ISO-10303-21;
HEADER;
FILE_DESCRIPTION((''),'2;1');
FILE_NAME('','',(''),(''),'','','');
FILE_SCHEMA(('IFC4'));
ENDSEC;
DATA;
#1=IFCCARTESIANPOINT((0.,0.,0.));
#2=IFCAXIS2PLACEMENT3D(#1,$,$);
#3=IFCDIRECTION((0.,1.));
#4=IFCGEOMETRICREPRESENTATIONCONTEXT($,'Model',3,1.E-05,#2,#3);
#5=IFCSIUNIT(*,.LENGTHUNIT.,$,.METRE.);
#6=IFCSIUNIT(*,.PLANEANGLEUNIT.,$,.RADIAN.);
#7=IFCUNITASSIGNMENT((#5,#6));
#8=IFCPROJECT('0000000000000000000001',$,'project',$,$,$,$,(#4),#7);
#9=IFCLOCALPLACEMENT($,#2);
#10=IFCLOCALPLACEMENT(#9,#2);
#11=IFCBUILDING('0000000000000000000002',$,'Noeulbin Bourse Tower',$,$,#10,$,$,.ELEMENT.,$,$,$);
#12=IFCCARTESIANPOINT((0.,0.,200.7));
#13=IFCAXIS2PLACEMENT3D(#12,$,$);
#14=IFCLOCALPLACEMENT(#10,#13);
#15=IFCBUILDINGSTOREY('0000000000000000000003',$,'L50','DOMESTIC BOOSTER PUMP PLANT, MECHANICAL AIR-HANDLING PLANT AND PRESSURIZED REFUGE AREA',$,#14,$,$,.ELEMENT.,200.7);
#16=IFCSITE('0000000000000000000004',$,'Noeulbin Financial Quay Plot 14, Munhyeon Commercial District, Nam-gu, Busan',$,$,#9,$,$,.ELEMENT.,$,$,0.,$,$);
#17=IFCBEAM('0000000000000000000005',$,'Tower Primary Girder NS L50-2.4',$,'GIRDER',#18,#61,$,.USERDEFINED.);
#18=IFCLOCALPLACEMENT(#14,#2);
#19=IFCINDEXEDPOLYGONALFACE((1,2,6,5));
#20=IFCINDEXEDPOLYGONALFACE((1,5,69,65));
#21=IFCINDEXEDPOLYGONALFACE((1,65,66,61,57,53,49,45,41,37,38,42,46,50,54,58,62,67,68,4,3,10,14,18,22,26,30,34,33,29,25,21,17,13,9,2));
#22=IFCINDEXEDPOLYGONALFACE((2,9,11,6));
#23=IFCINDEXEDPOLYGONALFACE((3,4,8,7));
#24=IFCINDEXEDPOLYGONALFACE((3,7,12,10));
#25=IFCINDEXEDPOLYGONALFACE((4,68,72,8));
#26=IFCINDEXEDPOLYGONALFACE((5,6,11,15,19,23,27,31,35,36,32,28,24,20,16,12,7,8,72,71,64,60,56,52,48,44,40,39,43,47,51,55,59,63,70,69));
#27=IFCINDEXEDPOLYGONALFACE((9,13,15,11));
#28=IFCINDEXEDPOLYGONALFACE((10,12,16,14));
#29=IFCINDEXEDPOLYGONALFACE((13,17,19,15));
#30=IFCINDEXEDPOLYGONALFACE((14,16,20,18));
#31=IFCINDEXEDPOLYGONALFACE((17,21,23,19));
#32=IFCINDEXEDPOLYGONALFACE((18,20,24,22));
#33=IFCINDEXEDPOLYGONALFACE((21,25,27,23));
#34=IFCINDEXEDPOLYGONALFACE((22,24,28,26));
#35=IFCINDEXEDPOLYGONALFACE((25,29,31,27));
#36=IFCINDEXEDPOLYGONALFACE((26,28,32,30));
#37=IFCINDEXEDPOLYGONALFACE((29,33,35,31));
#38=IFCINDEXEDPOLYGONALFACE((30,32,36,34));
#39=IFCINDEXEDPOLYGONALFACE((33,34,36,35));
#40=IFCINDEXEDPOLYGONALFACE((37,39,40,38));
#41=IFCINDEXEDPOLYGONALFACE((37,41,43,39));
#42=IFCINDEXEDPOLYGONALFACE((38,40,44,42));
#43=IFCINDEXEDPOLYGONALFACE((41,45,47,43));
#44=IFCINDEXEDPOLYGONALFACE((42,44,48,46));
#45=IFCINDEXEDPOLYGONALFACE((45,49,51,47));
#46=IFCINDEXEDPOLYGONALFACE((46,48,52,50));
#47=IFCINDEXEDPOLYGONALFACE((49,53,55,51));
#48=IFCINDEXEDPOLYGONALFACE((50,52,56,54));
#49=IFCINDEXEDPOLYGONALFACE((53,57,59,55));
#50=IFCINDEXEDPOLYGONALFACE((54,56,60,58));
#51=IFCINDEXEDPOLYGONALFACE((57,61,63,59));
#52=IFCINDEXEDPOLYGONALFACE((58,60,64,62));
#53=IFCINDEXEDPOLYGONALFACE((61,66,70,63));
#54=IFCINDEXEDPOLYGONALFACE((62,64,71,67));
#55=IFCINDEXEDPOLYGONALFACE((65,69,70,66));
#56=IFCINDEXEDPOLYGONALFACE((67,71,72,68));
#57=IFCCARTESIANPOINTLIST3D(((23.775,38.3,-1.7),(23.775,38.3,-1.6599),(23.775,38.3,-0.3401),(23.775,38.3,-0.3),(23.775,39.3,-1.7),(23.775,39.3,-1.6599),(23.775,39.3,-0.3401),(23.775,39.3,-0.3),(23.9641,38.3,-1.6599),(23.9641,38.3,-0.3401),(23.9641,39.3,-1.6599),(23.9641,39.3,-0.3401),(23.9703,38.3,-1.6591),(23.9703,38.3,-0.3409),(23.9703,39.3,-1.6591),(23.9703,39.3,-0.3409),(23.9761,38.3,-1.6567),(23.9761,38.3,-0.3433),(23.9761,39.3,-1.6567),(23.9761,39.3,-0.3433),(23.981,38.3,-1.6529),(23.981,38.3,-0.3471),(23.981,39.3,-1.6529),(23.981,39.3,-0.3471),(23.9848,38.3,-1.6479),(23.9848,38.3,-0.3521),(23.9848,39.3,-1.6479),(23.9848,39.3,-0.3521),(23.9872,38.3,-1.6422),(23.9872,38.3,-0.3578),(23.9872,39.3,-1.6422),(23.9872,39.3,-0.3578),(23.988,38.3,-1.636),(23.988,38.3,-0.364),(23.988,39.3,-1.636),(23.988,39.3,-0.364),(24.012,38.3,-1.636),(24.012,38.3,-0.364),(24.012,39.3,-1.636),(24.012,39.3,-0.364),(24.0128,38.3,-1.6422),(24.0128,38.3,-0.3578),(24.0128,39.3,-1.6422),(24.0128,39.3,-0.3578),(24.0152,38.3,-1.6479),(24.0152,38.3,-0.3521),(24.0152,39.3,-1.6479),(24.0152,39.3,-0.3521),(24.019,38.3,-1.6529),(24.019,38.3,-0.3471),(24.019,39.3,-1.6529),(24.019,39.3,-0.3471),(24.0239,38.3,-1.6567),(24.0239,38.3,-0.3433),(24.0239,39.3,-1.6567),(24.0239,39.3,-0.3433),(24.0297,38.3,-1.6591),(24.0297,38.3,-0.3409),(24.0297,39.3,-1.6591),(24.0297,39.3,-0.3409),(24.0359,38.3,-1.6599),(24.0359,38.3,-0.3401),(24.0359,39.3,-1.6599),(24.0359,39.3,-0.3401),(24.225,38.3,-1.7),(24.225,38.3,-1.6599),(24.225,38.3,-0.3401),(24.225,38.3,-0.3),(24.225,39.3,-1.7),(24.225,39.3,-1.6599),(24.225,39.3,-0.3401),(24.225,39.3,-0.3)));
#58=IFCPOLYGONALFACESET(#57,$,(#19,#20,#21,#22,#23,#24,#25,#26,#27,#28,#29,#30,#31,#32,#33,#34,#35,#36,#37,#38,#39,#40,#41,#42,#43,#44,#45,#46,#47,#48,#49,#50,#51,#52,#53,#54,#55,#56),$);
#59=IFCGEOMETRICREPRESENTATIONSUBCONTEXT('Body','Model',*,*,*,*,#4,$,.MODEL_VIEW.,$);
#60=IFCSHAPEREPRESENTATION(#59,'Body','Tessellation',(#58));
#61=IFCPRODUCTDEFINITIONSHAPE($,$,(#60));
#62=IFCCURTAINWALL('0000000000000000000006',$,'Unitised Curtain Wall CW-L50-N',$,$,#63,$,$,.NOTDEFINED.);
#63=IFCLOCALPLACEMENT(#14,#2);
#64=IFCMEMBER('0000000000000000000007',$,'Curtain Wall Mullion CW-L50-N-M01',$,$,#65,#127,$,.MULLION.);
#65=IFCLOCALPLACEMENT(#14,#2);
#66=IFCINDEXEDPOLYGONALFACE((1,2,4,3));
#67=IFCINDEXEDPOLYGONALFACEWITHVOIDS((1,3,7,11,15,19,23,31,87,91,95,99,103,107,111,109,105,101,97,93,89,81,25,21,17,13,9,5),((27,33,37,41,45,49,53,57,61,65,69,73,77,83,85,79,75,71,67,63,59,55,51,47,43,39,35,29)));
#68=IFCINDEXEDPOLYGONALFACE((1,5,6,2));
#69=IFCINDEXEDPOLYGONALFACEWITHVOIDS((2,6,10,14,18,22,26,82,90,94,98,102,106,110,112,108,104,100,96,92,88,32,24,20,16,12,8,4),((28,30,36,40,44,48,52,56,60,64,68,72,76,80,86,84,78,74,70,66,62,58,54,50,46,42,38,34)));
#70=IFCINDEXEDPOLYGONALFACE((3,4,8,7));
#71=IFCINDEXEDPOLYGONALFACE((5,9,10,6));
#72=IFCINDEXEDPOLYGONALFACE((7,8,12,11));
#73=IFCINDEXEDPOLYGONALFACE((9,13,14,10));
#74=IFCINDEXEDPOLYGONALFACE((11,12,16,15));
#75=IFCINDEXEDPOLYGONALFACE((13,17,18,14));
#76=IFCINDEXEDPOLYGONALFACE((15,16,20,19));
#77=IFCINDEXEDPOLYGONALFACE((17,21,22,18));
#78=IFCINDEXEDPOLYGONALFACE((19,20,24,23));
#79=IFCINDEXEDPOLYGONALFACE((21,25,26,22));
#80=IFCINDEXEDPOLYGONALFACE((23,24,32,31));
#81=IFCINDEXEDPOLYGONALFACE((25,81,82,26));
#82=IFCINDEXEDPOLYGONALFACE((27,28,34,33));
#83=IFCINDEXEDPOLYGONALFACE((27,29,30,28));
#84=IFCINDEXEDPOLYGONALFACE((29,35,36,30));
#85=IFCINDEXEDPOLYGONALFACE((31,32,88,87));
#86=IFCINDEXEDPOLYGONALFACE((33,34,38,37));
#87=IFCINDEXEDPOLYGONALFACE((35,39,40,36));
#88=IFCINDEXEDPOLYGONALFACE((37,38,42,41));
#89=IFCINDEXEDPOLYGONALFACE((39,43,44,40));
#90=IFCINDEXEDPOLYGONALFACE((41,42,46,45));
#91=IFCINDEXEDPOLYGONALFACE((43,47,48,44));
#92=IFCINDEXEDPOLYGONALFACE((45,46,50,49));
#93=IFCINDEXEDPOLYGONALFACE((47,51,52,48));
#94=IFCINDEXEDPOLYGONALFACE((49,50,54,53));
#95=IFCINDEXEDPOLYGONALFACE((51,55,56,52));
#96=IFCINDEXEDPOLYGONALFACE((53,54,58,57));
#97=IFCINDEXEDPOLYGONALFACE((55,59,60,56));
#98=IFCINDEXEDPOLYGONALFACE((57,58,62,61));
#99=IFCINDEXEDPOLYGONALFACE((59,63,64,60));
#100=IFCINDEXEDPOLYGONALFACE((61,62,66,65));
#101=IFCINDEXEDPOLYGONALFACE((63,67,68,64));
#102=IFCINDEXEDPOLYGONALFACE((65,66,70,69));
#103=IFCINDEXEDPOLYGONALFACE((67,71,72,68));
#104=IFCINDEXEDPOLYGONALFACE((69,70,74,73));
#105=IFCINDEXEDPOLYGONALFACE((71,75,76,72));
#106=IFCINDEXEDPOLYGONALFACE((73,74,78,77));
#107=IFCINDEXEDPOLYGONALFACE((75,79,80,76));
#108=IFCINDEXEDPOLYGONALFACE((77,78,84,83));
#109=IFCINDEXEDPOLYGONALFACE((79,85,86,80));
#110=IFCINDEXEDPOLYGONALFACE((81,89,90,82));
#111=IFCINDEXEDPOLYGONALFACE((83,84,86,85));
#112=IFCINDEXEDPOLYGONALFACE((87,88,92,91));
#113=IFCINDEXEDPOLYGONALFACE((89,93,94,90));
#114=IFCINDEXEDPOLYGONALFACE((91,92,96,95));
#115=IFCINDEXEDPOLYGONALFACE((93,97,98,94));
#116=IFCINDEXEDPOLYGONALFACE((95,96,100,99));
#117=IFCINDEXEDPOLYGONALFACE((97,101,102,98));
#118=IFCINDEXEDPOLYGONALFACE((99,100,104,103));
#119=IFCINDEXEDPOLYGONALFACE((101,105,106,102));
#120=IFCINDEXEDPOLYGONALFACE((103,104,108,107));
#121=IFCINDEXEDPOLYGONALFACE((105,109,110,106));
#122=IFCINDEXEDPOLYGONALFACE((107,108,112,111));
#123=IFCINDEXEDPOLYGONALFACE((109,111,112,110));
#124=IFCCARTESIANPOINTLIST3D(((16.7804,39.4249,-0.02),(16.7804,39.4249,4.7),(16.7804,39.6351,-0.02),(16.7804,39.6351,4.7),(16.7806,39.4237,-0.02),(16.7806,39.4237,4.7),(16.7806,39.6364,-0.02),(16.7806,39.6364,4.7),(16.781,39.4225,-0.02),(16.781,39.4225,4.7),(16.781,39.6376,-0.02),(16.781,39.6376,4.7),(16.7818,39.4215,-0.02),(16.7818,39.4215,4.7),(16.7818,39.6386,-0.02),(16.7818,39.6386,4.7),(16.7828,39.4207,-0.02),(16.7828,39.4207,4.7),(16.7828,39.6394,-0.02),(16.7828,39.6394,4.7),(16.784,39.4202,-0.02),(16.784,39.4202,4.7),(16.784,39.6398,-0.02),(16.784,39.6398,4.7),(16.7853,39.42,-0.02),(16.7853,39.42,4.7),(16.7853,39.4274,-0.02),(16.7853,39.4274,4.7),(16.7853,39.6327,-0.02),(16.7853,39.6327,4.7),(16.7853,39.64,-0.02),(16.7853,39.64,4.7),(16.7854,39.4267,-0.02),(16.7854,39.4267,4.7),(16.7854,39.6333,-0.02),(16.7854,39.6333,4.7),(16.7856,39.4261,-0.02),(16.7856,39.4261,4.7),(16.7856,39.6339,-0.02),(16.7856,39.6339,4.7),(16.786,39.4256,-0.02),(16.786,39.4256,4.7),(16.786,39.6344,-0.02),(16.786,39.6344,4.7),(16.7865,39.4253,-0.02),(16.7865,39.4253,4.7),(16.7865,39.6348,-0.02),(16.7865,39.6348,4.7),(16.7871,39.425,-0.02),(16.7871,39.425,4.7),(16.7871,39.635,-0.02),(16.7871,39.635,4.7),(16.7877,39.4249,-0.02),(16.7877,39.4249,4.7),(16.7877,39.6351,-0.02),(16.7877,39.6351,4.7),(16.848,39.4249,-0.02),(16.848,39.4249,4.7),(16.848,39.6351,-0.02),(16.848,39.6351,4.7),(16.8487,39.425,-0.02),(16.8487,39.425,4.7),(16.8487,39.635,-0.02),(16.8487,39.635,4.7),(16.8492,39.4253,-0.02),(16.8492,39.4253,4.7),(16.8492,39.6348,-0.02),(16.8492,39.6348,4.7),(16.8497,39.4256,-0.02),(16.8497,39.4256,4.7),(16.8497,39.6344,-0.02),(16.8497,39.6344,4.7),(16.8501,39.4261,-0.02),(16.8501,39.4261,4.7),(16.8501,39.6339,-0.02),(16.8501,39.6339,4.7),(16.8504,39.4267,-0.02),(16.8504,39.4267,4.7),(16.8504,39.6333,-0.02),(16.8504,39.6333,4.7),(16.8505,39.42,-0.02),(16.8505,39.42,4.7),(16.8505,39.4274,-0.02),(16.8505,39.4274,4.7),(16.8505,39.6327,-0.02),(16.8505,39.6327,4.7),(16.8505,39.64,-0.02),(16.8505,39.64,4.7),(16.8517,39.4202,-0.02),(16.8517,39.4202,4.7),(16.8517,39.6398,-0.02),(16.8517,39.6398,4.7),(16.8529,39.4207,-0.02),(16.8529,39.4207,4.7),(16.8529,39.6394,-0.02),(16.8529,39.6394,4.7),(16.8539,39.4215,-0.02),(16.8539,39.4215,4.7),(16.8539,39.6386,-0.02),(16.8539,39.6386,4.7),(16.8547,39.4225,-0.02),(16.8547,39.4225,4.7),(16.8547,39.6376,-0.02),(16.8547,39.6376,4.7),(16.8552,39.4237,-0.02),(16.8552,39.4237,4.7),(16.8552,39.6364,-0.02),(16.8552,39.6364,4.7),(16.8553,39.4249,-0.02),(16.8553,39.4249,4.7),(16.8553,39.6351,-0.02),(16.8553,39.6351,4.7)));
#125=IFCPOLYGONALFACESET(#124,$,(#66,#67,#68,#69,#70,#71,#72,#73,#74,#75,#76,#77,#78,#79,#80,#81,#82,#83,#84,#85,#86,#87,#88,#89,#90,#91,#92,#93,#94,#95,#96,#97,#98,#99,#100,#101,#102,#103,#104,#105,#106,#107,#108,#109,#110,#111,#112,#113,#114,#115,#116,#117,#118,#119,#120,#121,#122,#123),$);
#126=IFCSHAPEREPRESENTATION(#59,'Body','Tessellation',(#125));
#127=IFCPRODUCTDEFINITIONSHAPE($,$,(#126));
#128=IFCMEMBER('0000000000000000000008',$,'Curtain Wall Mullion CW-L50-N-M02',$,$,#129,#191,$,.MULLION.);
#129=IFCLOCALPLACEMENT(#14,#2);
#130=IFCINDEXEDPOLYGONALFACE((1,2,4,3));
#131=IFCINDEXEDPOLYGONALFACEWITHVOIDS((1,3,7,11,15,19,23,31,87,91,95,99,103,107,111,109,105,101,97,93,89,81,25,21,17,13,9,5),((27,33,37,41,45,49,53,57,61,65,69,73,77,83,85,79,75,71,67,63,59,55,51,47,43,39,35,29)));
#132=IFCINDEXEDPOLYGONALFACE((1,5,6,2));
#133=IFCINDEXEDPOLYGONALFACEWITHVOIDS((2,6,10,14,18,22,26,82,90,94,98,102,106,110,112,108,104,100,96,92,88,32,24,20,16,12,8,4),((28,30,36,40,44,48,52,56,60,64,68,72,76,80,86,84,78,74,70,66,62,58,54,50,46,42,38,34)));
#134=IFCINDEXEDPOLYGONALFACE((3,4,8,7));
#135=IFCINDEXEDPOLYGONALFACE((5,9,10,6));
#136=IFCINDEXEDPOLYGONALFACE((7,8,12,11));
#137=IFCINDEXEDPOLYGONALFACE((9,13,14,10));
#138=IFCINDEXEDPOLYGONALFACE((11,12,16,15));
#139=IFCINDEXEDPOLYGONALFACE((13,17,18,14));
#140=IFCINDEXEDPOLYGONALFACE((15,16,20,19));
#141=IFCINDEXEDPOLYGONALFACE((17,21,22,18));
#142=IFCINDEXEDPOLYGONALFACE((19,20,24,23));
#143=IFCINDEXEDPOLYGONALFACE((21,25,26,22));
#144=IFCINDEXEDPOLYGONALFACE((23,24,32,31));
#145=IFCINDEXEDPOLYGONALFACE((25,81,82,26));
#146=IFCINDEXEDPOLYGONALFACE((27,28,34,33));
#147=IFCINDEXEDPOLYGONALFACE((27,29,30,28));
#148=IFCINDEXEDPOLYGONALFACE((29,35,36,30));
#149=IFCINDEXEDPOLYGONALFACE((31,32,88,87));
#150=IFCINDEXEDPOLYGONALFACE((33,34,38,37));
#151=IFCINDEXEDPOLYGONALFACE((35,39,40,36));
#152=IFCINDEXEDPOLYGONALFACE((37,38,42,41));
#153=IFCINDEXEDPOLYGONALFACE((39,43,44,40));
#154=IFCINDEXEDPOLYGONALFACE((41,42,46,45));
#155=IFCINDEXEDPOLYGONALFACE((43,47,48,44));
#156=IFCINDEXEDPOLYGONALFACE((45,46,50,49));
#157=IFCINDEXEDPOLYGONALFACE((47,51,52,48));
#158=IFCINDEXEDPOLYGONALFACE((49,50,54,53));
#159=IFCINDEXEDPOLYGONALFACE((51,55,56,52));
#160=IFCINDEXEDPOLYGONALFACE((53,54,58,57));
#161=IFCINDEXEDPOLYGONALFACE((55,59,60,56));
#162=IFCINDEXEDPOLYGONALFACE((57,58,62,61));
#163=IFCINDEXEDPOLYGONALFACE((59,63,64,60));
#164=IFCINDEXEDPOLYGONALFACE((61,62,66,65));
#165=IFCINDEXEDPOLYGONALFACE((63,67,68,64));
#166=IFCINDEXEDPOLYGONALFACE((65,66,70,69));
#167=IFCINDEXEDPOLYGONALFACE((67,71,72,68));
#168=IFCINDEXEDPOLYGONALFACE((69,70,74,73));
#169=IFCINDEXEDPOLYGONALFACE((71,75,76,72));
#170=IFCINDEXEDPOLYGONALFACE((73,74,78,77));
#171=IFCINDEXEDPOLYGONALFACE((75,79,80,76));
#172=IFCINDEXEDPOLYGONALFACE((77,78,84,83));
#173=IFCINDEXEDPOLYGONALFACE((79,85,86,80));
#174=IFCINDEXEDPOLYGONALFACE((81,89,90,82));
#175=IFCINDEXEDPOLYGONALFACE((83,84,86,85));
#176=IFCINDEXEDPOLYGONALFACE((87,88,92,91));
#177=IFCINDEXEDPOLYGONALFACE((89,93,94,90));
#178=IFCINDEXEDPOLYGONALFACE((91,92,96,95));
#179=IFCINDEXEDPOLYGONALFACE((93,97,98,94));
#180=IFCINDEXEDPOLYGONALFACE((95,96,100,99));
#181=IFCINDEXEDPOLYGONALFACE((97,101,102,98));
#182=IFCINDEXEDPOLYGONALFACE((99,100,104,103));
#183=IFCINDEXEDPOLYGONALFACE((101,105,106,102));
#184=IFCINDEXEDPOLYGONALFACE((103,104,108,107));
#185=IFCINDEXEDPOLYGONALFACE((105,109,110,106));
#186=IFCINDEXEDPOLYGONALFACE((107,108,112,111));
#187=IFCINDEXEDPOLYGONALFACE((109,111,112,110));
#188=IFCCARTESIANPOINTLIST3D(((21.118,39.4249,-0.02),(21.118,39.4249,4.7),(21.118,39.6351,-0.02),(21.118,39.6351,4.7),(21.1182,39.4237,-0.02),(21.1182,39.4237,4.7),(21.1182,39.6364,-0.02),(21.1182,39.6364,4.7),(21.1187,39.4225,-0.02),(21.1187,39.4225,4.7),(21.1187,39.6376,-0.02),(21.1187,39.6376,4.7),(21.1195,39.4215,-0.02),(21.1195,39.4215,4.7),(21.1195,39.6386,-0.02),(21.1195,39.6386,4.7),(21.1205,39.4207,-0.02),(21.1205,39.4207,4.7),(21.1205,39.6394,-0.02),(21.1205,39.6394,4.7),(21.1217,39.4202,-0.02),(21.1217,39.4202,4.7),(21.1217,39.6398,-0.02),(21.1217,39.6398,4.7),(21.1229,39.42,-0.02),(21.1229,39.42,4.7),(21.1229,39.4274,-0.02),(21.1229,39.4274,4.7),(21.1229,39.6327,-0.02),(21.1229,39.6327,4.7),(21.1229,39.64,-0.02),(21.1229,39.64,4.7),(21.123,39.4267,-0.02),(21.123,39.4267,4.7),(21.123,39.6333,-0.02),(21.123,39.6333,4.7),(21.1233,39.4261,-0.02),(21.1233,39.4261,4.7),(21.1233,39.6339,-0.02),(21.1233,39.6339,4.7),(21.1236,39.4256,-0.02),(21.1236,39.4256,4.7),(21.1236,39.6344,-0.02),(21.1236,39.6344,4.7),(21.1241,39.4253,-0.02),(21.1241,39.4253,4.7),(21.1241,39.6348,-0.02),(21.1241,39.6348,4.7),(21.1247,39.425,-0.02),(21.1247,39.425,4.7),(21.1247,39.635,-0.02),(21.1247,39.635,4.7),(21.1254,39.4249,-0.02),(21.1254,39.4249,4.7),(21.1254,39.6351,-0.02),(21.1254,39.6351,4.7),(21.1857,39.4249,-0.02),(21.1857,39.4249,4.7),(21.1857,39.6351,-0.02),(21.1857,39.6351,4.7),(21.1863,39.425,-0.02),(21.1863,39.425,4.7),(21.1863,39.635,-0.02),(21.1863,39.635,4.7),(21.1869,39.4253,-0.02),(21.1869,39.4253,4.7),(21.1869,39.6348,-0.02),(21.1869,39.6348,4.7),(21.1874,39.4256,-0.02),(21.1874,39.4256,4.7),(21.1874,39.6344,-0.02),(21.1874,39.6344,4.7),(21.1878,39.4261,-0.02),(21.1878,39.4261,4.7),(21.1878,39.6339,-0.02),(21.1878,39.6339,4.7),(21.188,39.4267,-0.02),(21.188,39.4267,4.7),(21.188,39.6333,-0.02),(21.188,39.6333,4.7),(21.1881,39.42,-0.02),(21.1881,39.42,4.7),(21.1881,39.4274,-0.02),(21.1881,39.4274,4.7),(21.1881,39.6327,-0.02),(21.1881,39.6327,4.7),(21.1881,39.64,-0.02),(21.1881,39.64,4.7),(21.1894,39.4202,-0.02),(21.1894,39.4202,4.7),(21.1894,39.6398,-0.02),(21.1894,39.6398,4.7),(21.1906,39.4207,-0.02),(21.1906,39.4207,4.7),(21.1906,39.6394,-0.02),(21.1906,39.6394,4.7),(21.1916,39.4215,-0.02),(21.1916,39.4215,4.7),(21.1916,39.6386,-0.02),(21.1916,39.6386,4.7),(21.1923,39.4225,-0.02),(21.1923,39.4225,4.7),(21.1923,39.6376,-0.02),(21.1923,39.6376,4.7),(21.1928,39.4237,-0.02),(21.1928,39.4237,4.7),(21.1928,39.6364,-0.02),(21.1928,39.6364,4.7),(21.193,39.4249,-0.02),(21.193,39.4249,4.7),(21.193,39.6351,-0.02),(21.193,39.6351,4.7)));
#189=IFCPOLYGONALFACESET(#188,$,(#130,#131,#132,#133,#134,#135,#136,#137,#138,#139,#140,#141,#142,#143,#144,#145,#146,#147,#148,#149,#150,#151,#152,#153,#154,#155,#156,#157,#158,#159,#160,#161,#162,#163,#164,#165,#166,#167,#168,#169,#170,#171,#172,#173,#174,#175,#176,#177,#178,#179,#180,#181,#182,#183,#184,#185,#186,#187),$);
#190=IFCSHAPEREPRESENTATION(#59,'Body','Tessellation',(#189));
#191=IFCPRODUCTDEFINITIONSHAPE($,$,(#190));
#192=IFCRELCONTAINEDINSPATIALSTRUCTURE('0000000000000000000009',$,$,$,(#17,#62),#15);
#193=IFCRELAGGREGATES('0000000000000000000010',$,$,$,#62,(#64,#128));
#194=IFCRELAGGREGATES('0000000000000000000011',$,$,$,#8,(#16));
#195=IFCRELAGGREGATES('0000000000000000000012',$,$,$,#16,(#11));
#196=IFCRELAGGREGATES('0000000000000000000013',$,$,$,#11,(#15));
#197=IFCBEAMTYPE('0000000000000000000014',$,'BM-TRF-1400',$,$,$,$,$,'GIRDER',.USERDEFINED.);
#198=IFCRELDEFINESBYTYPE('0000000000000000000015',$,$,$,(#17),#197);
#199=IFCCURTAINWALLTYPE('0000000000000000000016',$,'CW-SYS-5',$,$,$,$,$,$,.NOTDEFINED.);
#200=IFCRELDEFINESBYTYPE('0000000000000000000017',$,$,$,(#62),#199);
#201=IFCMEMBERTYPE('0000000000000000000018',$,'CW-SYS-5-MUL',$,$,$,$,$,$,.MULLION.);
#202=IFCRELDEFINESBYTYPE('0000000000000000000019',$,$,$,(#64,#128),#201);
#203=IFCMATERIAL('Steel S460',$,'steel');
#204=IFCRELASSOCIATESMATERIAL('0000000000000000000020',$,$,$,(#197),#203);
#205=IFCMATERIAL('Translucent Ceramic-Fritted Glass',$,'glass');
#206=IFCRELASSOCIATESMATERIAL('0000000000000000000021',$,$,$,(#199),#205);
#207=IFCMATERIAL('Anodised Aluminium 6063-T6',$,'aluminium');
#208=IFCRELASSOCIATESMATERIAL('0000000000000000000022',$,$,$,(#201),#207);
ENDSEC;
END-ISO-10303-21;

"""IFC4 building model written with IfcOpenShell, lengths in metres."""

from ifc_helpers import new_model, si_unit, direction, frame, origin, origin_2d, place, context, subcontext, project, spatial, hollow_rectangle, i_section, extrude, material, material_profile, profile_set, type_object, element, aggregate, save


model = new_model("IFC4")

# Units and contexts
model_context = context("Model", 3, precision=1e-05, world=origin(), true_north=direction((0.0, 1.0)))
body_context = subcontext(model_context, "Body", "Model", "MODEL_VIEW")
ifc_project = project(units=[si_unit("LENGTHUNIT", "METRE"), si_unit("PLANEANGLEUNIT", "RADIAN")], contexts=[model_context])

# Site, building, storey
site_placement = place(None, origin())
site = spatial("IfcSite", under=ifc_project, at=site_placement, Name="Noeulbin Financial Quay Plot 14, Munhyeon Commercial District, Nam-gu, Busan", CompositionType="ELEMENT", RefElevation=0.0)
building_placement = place(site_placement, origin())
building = spatial("IfcBuilding", under=site, at=building_placement, Name="Noeulbin Bourse Tower", CompositionType="ELEMENT")
storey_placement = place(building_placement, frame((0.0, 0.0, 200.7)))
storey = spatial("IfcBuildingStorey", under=building, at=storey_placement, Name="L50", Description="DOMESTIC BOOSTER PUMP PLANT, MECHANICAL AIR-HANDLING PLANT AND PRESSURIZED REFUGE AREA", CompositionType="ELEMENT", Elevation=200.7)

# Shared definitions
ifc_material_1 = material(Name="Steel S460", Category="steel")

# Beam
ifc_material_profile_1 = material_profile(ifc_material_1, i_section(OverallWidth=0.45, OverallDepth=1.3999, WebThickness=0.0239, FlangeThickness=0.04, FilletRadius=0.0239, at=origin_2d()), Name="PG-1400x450x24x40", Category="LoadBearing")
ifc_profile_set_1 = profile_set([ifc_material_profile_1], Name="Steel S460")
beam_type = type_object("IfcBeamType", Name="BM-TRF-1400", ElementType="GIRDER", PredefinedType="USERDEFINED", material=ifc_profile_set_1)
beam_1_placement = place(storey_placement, frame((24.0, 38.3, -1.0), z_axis=(0.0, 1.0, 0.0), x_axis=(-1.0, 0.0, 0.0)))
element("IfcBeam", 1, at=beam_1_placement, inside=storey, type_object=beam_type, Name="Tower Primary Girder NS L50-2.4", ObjectType="GIRDER", PredefinedType="USERDEFINED", context=body_context, shape_type="SweptSolid", body=[
    extrude(i_section(OverallWidth=0.45, OverallDepth=1.3999, WebThickness=0.0239, FlangeThickness=0.04, FilletRadius=0.0239, at=origin_2d()), origin(), (0.0, 0.0, 1.0), 1.0),
])

# Curtain wall, members
ifc_material_2 = material(Name="Translucent Ceramic-Fritted Glass", Category="glass")
curtain_wall_type = type_object("IfcCurtainWallType", Name="CW-SYS-5", PredefinedType="NOTDEFINED", material=ifc_material_2)
curtain_wall_placement = place(storey_placement, origin())
curtain_wall = element("IfcCurtainWall", 2, at=curtain_wall_placement, inside=storey, type_object=curtain_wall_type, Name="Unitised Curtain Wall CW-L50-N", PredefinedType="NOTDEFINED")
ifc_material_3 = material(Name="Anodised Aluminium 6063-T6", Category="aluminium")
ifc_material_profile_2 = material_profile(ifc_material_3, hollow_rectangle(XDim=0.075, YDim=0.22, WallThickness=0.0049, InnerFilletRadius=0.0024, OuterFilletRadius=0.0049, at=origin_2d()), Name="ALU-MULL-75x220x5", Category="LoadBearing")
ifc_profile_set_2 = profile_set([ifc_material_profile_2], Name="Anodised Aluminium 6063-T6")
member_type = type_object("IfcMemberType", Name="CW-SYS-5-MUL", PredefinedType="MULLION", material=ifc_profile_set_2)
member_1_placement = place(storey_placement, frame((16.8179, 39.53, -0.02), z_axis=(0.0, 0.0, 1.0), x_axis=(1.0, 0.0, 0.0)))
member_1 = element("IfcMember", 3, at=member_1_placement, type_object=member_type, Name="Curtain Wall Mullion CW-L50-N-M01", PredefinedType="MULLION", context=body_context, shape_type="SweptSolid", body=[
    extrude(hollow_rectangle(XDim=0.075, YDim=0.22, WallThickness=0.0049, InnerFilletRadius=0.0024, OuterFilletRadius=0.0049, at=origin_2d()), origin(), (0.0, 0.0, 1.0), 4.72),
])
member_2_placement = place(storey_placement, frame((21.1555, 39.53, -0.02), z_axis=(0.0, 0.0, 1.0), x_axis=(1.0, 0.0, 0.0)))
member_2 = element("IfcMember", 4, at=member_2_placement, type_object=member_type, Name="Curtain Wall Mullion CW-L50-N-M02", PredefinedType="MULLION", context=body_context, shape_type="SweptSolid", body=[
    extrude(hollow_rectangle(XDim=0.075, YDim=0.22, WallThickness=0.0049, InnerFilletRadius=0.0024, OuterFilletRadius=0.0049, at=origin_2d()), origin(), (0.0, 0.0, 1.0), 4.72),
])
aggregate(curtain_wall, [member_1, member_2])

save(model, "model.ifc")
